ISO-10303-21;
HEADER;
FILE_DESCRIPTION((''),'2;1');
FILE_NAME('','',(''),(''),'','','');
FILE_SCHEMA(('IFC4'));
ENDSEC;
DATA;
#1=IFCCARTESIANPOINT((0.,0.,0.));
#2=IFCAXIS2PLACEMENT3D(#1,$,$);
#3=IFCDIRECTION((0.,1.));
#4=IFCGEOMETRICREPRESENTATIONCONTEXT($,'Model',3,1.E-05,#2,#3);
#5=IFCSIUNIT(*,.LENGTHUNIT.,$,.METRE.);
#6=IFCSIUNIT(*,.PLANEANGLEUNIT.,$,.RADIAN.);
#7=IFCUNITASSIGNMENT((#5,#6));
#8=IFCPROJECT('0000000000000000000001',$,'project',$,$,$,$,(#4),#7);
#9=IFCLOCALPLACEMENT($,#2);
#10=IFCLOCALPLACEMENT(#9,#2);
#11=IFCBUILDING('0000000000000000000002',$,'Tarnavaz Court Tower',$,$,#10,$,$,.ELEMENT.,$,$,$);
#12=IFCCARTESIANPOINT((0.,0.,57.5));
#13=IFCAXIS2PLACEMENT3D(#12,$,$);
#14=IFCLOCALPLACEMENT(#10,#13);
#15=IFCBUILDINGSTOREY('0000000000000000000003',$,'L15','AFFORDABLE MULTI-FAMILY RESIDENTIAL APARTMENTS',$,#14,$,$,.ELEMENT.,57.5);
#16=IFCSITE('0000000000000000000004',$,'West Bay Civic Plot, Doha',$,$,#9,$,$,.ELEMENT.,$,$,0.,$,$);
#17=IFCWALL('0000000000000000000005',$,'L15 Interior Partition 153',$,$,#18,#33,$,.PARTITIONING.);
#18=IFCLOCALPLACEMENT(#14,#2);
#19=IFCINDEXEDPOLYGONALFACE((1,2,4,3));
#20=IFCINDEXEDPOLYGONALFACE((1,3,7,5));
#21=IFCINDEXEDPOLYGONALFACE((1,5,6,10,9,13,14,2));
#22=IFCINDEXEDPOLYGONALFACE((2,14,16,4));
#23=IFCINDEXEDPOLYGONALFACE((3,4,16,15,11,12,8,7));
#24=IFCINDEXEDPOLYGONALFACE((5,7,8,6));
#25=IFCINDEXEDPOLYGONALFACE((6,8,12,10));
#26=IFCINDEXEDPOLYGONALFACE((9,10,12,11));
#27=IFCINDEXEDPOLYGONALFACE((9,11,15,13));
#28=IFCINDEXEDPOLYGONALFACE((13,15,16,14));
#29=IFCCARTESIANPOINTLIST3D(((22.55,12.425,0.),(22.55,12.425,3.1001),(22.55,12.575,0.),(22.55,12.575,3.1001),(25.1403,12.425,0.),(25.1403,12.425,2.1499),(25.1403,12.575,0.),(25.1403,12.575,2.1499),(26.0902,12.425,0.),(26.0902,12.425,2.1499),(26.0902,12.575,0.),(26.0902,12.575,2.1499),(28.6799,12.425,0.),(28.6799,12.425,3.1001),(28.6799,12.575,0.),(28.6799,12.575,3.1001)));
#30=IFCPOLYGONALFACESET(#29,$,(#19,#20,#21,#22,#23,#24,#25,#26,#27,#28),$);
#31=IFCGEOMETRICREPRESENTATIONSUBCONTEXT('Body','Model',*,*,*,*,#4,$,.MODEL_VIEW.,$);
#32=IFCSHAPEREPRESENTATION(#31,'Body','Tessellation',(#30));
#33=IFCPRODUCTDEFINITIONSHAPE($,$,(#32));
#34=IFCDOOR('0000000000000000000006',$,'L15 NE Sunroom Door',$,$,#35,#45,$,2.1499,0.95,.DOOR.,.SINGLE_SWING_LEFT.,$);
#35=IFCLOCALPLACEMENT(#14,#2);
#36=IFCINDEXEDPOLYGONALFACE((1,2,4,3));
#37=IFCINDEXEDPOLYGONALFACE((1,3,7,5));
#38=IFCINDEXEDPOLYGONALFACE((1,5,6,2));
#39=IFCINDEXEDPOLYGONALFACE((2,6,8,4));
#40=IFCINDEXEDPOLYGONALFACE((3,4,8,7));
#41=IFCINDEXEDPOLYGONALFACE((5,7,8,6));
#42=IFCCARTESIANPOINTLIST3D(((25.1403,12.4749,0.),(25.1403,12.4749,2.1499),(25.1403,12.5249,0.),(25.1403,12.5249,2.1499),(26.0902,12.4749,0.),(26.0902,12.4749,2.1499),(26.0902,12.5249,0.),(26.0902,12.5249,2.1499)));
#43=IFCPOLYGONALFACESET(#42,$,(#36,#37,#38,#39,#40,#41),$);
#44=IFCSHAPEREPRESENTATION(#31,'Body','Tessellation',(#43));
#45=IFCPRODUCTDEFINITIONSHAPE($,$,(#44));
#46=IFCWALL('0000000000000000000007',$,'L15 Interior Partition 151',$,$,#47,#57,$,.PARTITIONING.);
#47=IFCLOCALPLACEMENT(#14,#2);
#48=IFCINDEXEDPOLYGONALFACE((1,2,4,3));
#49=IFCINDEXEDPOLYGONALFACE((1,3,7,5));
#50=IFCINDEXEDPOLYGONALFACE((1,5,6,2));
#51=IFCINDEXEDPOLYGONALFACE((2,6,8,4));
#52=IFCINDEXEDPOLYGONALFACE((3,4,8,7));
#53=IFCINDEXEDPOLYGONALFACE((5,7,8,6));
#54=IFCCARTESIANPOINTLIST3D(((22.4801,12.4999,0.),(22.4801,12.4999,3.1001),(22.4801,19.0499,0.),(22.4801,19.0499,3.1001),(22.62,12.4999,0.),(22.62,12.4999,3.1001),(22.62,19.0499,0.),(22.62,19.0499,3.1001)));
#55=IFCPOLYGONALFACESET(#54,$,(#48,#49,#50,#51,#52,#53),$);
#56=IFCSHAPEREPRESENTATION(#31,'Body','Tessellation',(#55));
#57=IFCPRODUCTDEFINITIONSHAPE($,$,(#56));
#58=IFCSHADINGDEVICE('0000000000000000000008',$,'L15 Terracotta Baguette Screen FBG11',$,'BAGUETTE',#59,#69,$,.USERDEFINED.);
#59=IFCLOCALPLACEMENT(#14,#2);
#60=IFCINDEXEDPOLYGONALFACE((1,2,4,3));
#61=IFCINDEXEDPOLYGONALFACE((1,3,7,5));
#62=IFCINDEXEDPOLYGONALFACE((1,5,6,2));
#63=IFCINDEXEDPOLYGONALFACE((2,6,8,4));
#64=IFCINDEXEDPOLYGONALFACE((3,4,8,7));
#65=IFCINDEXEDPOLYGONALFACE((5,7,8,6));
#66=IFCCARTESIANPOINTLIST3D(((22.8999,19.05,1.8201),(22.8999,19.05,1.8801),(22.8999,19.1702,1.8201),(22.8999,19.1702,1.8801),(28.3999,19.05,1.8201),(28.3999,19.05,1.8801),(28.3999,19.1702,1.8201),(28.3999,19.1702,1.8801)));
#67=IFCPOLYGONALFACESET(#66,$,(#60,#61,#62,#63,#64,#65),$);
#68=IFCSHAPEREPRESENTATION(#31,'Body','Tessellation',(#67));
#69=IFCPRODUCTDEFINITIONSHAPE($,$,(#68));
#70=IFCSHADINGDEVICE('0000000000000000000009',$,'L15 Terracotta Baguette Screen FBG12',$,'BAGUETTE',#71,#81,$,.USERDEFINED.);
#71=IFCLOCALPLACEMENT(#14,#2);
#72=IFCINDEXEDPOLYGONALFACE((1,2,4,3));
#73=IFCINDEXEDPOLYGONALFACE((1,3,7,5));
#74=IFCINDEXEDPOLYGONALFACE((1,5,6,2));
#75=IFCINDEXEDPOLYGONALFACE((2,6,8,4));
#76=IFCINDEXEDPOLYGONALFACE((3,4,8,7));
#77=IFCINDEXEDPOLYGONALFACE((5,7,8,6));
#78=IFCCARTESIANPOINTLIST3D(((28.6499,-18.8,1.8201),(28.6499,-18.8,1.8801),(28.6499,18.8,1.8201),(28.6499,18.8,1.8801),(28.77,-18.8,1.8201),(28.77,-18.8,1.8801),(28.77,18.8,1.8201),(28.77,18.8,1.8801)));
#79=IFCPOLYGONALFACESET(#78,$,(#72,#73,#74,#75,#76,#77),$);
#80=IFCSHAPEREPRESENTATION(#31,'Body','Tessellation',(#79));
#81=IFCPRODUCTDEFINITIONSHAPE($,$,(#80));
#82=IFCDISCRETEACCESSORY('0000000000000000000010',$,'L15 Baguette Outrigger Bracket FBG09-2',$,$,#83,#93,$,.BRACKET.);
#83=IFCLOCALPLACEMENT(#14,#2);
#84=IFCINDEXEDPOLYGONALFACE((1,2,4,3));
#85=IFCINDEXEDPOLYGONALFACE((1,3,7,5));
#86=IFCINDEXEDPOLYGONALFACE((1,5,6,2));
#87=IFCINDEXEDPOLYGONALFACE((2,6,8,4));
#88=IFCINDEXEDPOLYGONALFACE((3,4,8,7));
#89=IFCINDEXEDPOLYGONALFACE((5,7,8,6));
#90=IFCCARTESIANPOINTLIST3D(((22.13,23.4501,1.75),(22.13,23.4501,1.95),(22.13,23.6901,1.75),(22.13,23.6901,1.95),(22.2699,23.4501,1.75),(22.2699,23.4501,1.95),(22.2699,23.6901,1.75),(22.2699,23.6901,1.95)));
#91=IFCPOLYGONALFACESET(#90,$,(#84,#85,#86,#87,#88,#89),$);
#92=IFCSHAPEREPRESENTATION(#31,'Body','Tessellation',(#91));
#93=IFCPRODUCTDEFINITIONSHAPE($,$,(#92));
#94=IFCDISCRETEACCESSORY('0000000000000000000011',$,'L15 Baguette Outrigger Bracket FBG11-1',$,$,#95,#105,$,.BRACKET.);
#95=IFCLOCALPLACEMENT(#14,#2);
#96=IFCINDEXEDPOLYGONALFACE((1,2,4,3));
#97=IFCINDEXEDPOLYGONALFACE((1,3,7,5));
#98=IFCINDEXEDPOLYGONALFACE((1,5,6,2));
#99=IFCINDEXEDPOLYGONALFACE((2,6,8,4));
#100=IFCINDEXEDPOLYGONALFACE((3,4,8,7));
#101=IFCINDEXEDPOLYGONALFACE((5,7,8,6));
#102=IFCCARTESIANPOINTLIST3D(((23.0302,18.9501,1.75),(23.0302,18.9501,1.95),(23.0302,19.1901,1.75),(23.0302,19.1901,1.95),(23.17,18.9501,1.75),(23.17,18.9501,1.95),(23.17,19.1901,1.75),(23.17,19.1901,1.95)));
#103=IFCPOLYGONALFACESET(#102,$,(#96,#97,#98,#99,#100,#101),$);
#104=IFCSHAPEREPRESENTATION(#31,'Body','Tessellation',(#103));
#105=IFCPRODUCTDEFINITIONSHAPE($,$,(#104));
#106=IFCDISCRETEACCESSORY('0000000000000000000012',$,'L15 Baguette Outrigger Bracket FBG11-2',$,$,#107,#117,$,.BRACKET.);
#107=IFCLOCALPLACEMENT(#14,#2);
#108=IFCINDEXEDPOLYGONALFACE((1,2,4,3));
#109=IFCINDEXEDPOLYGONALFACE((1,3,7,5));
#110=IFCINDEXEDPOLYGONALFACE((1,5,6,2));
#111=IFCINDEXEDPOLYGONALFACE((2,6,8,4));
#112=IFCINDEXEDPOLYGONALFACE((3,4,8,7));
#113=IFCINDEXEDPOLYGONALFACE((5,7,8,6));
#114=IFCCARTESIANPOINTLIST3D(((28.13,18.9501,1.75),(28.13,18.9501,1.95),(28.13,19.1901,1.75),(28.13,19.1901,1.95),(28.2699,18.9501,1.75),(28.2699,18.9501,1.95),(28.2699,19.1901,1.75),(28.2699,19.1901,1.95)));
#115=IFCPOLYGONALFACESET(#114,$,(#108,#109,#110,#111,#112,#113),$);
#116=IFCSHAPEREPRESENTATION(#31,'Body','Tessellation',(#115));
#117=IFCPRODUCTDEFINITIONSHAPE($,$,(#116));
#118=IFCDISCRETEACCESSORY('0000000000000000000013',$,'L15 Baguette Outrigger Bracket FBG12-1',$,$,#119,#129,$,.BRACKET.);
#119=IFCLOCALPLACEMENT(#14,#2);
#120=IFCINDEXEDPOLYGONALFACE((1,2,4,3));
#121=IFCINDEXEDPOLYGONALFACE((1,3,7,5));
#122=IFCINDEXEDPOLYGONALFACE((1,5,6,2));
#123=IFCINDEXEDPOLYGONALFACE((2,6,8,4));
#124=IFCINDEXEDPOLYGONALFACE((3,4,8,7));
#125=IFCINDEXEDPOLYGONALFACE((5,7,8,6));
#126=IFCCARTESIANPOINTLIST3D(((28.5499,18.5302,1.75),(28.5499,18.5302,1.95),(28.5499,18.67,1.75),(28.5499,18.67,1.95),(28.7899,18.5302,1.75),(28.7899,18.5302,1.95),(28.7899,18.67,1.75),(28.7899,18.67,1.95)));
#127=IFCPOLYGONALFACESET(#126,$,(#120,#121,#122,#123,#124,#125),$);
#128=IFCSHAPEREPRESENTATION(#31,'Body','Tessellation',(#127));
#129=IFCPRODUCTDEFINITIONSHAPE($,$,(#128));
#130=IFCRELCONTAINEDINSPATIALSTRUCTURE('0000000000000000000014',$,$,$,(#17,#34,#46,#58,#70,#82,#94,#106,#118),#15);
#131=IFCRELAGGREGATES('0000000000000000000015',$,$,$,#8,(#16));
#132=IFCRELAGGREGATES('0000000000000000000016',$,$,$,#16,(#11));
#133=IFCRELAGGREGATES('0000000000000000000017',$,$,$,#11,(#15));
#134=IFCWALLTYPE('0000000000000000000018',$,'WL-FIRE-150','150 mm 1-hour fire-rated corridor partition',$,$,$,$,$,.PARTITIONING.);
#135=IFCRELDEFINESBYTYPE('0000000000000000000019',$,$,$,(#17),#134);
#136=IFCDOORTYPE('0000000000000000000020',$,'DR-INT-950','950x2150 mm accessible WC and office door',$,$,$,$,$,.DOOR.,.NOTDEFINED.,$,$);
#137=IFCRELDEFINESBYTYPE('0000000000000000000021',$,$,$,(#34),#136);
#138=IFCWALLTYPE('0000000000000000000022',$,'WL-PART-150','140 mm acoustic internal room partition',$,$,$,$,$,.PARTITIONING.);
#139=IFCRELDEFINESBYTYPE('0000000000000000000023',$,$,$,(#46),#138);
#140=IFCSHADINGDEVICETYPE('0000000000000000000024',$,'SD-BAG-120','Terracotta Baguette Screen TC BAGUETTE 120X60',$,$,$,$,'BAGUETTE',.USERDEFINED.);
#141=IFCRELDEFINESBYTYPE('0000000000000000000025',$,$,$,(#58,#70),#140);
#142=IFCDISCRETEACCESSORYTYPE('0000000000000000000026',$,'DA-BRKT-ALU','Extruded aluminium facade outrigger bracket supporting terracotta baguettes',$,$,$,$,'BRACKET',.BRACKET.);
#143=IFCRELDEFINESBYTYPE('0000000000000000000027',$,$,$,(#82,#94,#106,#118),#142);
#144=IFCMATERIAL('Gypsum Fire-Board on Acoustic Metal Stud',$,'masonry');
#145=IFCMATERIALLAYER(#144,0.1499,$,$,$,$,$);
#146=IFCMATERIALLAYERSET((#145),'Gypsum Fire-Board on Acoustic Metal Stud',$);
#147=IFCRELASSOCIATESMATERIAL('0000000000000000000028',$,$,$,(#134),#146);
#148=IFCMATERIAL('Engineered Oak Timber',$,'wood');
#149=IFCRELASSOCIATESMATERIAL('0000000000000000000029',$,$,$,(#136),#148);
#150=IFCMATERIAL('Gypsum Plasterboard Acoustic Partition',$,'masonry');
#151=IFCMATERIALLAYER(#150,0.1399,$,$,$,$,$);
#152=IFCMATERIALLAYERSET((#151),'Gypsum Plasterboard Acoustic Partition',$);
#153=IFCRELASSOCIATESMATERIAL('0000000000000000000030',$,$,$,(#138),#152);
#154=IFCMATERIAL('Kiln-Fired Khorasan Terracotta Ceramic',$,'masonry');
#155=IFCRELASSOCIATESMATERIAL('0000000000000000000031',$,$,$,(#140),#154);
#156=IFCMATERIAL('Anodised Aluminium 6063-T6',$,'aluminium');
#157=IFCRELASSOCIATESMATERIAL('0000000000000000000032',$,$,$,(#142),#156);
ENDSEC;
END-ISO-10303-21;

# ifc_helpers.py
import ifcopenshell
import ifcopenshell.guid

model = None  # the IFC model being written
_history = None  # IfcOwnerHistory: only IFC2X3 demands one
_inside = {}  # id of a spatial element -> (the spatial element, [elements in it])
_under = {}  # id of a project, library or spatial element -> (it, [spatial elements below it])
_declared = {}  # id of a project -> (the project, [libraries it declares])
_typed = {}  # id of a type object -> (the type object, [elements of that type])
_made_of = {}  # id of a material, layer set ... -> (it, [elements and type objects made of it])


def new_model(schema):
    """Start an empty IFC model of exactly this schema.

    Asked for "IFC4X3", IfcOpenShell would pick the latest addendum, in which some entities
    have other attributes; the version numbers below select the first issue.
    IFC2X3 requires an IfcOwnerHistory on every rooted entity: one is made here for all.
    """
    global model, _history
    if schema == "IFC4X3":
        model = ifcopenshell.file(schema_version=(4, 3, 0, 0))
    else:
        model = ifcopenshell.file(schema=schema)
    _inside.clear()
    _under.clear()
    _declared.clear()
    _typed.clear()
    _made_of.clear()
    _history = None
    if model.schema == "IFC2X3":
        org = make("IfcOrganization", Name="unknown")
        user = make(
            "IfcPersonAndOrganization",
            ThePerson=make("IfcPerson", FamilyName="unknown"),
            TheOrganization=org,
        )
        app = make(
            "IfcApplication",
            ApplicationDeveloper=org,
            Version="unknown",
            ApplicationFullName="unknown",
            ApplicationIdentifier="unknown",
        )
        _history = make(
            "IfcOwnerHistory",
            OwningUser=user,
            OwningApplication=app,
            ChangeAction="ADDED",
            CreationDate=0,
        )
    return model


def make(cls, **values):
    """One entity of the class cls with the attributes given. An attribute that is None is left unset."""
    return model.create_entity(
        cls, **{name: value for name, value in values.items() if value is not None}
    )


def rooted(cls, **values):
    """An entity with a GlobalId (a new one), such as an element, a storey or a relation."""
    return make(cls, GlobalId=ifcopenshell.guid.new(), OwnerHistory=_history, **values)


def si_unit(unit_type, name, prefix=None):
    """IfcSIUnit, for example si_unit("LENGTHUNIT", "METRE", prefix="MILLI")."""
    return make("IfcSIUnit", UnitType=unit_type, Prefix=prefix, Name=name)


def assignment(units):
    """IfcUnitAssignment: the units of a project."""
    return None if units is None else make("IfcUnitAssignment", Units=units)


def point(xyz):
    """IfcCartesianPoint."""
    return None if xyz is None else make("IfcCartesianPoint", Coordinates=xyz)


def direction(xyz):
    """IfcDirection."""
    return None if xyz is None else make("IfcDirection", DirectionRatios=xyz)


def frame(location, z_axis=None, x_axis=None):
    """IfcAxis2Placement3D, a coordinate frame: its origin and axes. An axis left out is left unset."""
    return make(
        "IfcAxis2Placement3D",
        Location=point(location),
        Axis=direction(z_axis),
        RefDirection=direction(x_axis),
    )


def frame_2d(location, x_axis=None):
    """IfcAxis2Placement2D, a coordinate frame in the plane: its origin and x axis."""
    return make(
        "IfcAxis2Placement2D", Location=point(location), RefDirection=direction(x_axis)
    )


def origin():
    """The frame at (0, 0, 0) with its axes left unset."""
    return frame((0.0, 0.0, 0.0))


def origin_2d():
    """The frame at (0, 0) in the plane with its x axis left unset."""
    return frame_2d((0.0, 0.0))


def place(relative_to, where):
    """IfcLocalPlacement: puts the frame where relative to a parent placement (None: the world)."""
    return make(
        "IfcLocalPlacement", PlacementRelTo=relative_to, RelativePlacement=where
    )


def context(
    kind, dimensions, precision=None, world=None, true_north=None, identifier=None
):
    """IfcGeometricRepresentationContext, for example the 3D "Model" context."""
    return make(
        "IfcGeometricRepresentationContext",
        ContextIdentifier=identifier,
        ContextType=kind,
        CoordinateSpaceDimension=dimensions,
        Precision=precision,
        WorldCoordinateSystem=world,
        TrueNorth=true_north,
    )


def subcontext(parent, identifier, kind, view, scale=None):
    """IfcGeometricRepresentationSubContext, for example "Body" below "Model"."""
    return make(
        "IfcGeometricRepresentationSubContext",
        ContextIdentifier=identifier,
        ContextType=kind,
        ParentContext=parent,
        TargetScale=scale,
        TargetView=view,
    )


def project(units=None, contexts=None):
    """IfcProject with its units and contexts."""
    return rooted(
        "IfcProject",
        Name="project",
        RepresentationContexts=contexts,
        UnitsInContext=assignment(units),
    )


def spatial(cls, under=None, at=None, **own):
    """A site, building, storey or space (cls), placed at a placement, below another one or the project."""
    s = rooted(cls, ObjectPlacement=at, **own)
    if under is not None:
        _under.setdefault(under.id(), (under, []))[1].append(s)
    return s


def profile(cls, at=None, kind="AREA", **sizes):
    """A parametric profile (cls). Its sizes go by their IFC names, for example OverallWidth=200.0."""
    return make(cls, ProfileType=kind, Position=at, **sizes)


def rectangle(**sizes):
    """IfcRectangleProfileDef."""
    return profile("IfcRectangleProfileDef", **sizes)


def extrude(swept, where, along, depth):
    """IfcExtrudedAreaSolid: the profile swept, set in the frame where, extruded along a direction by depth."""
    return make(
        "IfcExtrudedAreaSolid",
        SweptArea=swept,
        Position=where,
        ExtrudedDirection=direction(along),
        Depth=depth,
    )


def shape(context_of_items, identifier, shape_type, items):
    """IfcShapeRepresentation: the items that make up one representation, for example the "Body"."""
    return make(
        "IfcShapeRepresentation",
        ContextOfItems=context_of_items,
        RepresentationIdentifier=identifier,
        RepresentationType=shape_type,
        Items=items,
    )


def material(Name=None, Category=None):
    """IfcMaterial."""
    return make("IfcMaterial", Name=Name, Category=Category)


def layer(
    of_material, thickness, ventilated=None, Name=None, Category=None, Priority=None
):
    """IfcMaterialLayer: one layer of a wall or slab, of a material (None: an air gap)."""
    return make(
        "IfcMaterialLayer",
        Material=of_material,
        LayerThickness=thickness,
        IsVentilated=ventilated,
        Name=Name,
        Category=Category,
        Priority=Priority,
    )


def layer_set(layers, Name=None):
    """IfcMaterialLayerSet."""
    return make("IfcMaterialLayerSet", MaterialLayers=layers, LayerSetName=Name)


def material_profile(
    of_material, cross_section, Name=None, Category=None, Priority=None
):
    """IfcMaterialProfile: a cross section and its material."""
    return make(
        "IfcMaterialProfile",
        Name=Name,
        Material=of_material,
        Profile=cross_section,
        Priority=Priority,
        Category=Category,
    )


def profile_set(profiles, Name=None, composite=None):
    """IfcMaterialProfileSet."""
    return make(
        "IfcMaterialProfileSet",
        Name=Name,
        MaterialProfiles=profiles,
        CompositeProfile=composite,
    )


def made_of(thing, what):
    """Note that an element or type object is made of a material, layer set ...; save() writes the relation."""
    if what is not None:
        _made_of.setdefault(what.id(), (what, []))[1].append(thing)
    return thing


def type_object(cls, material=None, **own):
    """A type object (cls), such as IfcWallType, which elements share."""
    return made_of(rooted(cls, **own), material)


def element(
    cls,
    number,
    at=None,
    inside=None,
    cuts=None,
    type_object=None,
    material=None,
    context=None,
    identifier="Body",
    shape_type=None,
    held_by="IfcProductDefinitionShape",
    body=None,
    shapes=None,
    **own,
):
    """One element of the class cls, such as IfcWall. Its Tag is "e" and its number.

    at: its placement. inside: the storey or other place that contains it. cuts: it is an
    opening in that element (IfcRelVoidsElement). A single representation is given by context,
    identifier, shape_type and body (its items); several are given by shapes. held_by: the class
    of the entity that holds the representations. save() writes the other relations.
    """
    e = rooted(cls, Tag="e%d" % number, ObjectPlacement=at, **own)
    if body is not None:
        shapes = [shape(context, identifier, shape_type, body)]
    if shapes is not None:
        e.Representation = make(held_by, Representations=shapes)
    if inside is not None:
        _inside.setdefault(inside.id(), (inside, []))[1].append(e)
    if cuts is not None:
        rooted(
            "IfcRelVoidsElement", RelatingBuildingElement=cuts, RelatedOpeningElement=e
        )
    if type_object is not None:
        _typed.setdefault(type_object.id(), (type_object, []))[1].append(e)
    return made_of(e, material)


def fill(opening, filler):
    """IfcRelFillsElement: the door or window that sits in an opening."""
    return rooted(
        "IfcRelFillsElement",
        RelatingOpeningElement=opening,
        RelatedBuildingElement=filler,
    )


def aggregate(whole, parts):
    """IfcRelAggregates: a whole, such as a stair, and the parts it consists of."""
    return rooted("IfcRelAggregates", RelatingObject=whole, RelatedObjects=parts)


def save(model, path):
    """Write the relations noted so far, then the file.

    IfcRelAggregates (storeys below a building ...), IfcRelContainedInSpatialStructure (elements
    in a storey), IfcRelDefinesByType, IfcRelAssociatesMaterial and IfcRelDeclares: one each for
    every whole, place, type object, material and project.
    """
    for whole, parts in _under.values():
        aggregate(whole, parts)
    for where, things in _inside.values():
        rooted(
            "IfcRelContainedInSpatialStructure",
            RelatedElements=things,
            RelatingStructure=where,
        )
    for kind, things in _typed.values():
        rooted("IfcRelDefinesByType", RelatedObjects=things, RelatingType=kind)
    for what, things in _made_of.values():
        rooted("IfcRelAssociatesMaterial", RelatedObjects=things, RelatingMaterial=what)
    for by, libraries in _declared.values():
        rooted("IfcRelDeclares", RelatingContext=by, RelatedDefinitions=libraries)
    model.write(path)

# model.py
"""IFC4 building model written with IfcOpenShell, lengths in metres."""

from ifc_helpers import new_model, si_unit, direction, frame, frame_2d, origin, origin_2d, place, context, subcontext, project, spatial, rectangle, extrude, material, layer, layer_set, material_profile, profile_set, type_object, element, fill, save


model = new_model("IFC4")

# Units and contexts
model_context = context("Model", 3, precision=1e-05, world=origin(), true_north=direction((0.0, 1.0)))
body_context = subcontext(model_context, "Body", "Model", "MODEL_VIEW")
ifc_project = project(units=[si_unit("LENGTHUNIT", "METRE"), si_unit("PLANEANGLEUNIT", "RADIAN")], contexts=[model_context])

# Site, building, storey
site_placement = place(None, origin())
site = spatial("IfcSite", under=ifc_project, at=site_placement, Name="West Bay Civic Plot, Doha", CompositionType="ELEMENT", RefElevation=0.0)
building_placement = place(site_placement, origin())
building = spatial("IfcBuilding", under=site, at=building_placement, Name="Tarnavaz Court Tower", CompositionType="ELEMENT")
storey_placement = place(building_placement, frame((0.0, 0.0, 57.5)))
storey = spatial("IfcBuildingStorey", under=building, at=storey_placement, Name="L15", Description="AFFORDABLE MULTI-FAMILY RESIDENTIAL APARTMENTS", CompositionType="ELEMENT", Elevation=57.5)

# Wall, opening, door
ifc_material_1 = material(Name="Gypsum Fire-Board on Acoustic Metal Stud", Category="masonry")
ifc_layer_1 = layer(ifc_material_1, 0.1499)
ifc_layer_set_1 = layer_set([ifc_layer_1], Name="Gypsum Fire-Board on Acoustic Metal Stud")
wall_type_1 = type_object("IfcWallType", Name="WL-FIRE-150", Description="150 mm 1-hour fire-rated corridor partition", PredefinedType="PARTITIONING", material=ifc_layer_set_1)
wall_1_placement = place(storey_placement, frame((22.55, 12.5, 0.0), z_axis=(0.0, 0.0, 1.0), x_axis=(1.0, 0.0, 0.0)))
wall_1 = element("IfcWall", 1, at=wall_1_placement, inside=storey, type_object=wall_type_1, Name="L15 Interior Partition 153", PredefinedType="PARTITIONING", context=body_context, shape_type="SweptSolid", body=[
    extrude(rectangle(XDim=6.1299, YDim=0.1499, at=frame_2d((3.0649, 0.0))), origin(), (0.0, 0.0, 1.0), 3.1001),
])
opening_1_placement = place(wall_1_placement, frame((2.5901, 0.0, 0.0)))
opening_1 = element("IfcOpeningElement", 2, at=opening_1_placement, cuts=wall_1, PredefinedType="OPENING", context=body_context, shape_type="SweptSolid", body=[
    extrude(rectangle(XDim=0.95, YDim=2.1499, at=frame_2d((0.4751, 1.075))), frame((0.0, 0.085, 0.0), z_axis=(0.0, -1.0, 0.0), x_axis=(1.0, 0.0, 0.0)), (0.0, 0.0, 1.0), 0.1699),
])
ifc_material_2 = material(Name="Engineered Oak Timber", Category="wood")
door_type = type_object("IfcDoorType", Name="DR-INT-950", Description="950x2150 mm accessible WC and office door", OperationType="NOTDEFINED", PredefinedType="DOOR", material=ifc_material_2)
door_placement = place(opening_1_placement, origin())
door = element("IfcDoor", 3, at=door_placement, inside=storey, type_object=door_type, Name="L15 NE Sunroom Door", OperationType="SINGLE_SWING_LEFT", OverallHeight=2.1499, OverallWidth=0.95, PredefinedType="DOOR", context=body_context, shape_type="SweptSolid", body=[
    extrude(rectangle(XDim=0.95, YDim=2.1499, at=frame_2d((0.4751, 1.075))), frame((0.0, 0.0249, 0.0), z_axis=(0.0, -1.0, 0.0), x_axis=(1.0, 0.0, 0.0)), (0.0, 0.0, 1.0), 0.05),
])
fill(opening_1, door)

# Wall
ifc_material_3 = material(Name="Gypsum Plasterboard Acoustic Partition", Category="masonry")
ifc_layer_2 = layer(ifc_material_3, 0.1399)
ifc_layer_set_2 = layer_set([ifc_layer_2], Name="Gypsum Plasterboard Acoustic Partition")
wall_type_2 = type_object("IfcWallType", Name="WL-PART-150", Description="140 mm acoustic internal room partition", PredefinedType="PARTITIONING", material=ifc_layer_set_2)
wall_2_placement = place(storey_placement, frame((22.55, 12.5, 0.0), z_axis=(0.0, 0.0, 1.0), x_axis=(0.0, 1.0, 0.0)))
element("IfcWall", 4, at=wall_2_placement, inside=storey, type_object=wall_type_2, Name="L15 Interior Partition 151", PredefinedType="PARTITIONING", context=body_context, shape_type="SweptSolid", body=[
    extrude(rectangle(XDim=6.55, YDim=0.1399, at=frame_2d((3.2749, 0.0))), origin(), (0.0, 0.0, 1.0), 3.1001),
])

# Shading devices
ifc_material_4 = material(Name="Kiln-Fired Khorasan Terracotta Ceramic", Category="masonry")
ifc_material_profile_1 = material_profile(ifc_material_4, rectangle(XDim=0.1201, YDim=0.0601, at=origin_2d()), Name="TC BAGUETTE 120X60")
ifc_profile_set_1 = profile_set([ifc_material_profile_1], Name="Kiln-Fired Khorasan Terracotta Ceramic")
shading_device_type = type_object("IfcShadingDeviceType", Name="SD-BAG-120", Description="Terracotta Baguette Screen TC BAGUETTE 120X60", ElementType="BAGUETTE", PredefinedType="USERDEFINED", material=ifc_profile_set_1)
shading_device_1_placement = place(storey_placement, frame((22.8999, 19.1101, 1.8501), z_axis=(1.0, 0.0, 0.0), x_axis=(0.0, 1.0, 0.0)))
element("IfcShadingDevice", 5, at=shading_device_1_placement, inside=storey, type_object=shading_device_type, Name="L15 Terracotta Baguette Screen FBG11", ObjectType="BAGUETTE", PredefinedType="USERDEFINED", context=body_context, shape_type="SweptSolid", body=[
    extrude(rectangle(XDim=0.1201, YDim=0.0601, at=origin_2d()), origin(), (0.0, 0.0, 1.0), 5.5),
])
shading_device_2_placement = place(storey_placement, frame((28.71, 18.8, 1.8501), z_axis=(0.0, -1.0, 0.0), x_axis=(1.0, 0.0, 0.0)))
element("IfcShadingDevice", 6, at=shading_device_2_placement, inside=storey, type_object=shading_device_type, Name="L15 Terracotta Baguette Screen FBG12", ObjectType="BAGUETTE", PredefinedType="USERDEFINED", context=body_context, shape_type="SweptSolid", body=[
    extrude(rectangle(XDim=0.1201, YDim=0.0601, at=origin_2d()), origin(), (0.0, 0.0, 1.0), 37.6001),
])

# Discrete accessories
ifc_material_5 = material(Name="Anodised Aluminium 6063-T6", Category="aluminium")
discrete_accessory_type = type_object("IfcDiscreteAccessoryType", Name="DA-BRKT-ALU", Description="Extruded aluminium facade outrigger bracket supporting terracotta baguettes", ElementType="BRACKET", PredefinedType="BRACKET", material=ifc_material_5)
for number, where, z_axis, x_axis, name in (
    (7, (22.2, 23.5701, 1.75), (0.0, 0.0, 1.0), (1.0, 0.0, 0.0), "L15 Baguette Outrigger Bracket FBG09-2"),
    (8, (23.1001, 19.0701, 1.75), (0.0, 0.0, 1.0), (1.0, 0.0, 0.0), "L15 Baguette Outrigger Bracket FBG11-1"),
    (9, (28.2, 19.0701, 1.75), (0.0, 0.0, 1.0), (1.0, 0.0, 0.0), "L15 Baguette Outrigger Bracket FBG11-2"),
    (10, (28.6699, 18.6001, 1.75), (0.0, 0.0, 1.0), (0.0, -1.0, 0.0), "L15 Baguette Outrigger Bracket FBG12-1"),
):
    element("IfcDiscreteAccessory", number, at=place(storey_placement, frame(where, z_axis=z_axis, x_axis=x_axis)), inside=storey, type_object=discrete_accessory_type, Name=name, PredefinedType="BRACKET", context=body_context, shape_type="SweptSolid", body=[
        extrude(rectangle(XDim=0.1399, YDim=0.24, at=origin_2d()), origin(), (0.0, 0.0, 1.0), 0.2),
    ])

save(model, "model.ifc")
